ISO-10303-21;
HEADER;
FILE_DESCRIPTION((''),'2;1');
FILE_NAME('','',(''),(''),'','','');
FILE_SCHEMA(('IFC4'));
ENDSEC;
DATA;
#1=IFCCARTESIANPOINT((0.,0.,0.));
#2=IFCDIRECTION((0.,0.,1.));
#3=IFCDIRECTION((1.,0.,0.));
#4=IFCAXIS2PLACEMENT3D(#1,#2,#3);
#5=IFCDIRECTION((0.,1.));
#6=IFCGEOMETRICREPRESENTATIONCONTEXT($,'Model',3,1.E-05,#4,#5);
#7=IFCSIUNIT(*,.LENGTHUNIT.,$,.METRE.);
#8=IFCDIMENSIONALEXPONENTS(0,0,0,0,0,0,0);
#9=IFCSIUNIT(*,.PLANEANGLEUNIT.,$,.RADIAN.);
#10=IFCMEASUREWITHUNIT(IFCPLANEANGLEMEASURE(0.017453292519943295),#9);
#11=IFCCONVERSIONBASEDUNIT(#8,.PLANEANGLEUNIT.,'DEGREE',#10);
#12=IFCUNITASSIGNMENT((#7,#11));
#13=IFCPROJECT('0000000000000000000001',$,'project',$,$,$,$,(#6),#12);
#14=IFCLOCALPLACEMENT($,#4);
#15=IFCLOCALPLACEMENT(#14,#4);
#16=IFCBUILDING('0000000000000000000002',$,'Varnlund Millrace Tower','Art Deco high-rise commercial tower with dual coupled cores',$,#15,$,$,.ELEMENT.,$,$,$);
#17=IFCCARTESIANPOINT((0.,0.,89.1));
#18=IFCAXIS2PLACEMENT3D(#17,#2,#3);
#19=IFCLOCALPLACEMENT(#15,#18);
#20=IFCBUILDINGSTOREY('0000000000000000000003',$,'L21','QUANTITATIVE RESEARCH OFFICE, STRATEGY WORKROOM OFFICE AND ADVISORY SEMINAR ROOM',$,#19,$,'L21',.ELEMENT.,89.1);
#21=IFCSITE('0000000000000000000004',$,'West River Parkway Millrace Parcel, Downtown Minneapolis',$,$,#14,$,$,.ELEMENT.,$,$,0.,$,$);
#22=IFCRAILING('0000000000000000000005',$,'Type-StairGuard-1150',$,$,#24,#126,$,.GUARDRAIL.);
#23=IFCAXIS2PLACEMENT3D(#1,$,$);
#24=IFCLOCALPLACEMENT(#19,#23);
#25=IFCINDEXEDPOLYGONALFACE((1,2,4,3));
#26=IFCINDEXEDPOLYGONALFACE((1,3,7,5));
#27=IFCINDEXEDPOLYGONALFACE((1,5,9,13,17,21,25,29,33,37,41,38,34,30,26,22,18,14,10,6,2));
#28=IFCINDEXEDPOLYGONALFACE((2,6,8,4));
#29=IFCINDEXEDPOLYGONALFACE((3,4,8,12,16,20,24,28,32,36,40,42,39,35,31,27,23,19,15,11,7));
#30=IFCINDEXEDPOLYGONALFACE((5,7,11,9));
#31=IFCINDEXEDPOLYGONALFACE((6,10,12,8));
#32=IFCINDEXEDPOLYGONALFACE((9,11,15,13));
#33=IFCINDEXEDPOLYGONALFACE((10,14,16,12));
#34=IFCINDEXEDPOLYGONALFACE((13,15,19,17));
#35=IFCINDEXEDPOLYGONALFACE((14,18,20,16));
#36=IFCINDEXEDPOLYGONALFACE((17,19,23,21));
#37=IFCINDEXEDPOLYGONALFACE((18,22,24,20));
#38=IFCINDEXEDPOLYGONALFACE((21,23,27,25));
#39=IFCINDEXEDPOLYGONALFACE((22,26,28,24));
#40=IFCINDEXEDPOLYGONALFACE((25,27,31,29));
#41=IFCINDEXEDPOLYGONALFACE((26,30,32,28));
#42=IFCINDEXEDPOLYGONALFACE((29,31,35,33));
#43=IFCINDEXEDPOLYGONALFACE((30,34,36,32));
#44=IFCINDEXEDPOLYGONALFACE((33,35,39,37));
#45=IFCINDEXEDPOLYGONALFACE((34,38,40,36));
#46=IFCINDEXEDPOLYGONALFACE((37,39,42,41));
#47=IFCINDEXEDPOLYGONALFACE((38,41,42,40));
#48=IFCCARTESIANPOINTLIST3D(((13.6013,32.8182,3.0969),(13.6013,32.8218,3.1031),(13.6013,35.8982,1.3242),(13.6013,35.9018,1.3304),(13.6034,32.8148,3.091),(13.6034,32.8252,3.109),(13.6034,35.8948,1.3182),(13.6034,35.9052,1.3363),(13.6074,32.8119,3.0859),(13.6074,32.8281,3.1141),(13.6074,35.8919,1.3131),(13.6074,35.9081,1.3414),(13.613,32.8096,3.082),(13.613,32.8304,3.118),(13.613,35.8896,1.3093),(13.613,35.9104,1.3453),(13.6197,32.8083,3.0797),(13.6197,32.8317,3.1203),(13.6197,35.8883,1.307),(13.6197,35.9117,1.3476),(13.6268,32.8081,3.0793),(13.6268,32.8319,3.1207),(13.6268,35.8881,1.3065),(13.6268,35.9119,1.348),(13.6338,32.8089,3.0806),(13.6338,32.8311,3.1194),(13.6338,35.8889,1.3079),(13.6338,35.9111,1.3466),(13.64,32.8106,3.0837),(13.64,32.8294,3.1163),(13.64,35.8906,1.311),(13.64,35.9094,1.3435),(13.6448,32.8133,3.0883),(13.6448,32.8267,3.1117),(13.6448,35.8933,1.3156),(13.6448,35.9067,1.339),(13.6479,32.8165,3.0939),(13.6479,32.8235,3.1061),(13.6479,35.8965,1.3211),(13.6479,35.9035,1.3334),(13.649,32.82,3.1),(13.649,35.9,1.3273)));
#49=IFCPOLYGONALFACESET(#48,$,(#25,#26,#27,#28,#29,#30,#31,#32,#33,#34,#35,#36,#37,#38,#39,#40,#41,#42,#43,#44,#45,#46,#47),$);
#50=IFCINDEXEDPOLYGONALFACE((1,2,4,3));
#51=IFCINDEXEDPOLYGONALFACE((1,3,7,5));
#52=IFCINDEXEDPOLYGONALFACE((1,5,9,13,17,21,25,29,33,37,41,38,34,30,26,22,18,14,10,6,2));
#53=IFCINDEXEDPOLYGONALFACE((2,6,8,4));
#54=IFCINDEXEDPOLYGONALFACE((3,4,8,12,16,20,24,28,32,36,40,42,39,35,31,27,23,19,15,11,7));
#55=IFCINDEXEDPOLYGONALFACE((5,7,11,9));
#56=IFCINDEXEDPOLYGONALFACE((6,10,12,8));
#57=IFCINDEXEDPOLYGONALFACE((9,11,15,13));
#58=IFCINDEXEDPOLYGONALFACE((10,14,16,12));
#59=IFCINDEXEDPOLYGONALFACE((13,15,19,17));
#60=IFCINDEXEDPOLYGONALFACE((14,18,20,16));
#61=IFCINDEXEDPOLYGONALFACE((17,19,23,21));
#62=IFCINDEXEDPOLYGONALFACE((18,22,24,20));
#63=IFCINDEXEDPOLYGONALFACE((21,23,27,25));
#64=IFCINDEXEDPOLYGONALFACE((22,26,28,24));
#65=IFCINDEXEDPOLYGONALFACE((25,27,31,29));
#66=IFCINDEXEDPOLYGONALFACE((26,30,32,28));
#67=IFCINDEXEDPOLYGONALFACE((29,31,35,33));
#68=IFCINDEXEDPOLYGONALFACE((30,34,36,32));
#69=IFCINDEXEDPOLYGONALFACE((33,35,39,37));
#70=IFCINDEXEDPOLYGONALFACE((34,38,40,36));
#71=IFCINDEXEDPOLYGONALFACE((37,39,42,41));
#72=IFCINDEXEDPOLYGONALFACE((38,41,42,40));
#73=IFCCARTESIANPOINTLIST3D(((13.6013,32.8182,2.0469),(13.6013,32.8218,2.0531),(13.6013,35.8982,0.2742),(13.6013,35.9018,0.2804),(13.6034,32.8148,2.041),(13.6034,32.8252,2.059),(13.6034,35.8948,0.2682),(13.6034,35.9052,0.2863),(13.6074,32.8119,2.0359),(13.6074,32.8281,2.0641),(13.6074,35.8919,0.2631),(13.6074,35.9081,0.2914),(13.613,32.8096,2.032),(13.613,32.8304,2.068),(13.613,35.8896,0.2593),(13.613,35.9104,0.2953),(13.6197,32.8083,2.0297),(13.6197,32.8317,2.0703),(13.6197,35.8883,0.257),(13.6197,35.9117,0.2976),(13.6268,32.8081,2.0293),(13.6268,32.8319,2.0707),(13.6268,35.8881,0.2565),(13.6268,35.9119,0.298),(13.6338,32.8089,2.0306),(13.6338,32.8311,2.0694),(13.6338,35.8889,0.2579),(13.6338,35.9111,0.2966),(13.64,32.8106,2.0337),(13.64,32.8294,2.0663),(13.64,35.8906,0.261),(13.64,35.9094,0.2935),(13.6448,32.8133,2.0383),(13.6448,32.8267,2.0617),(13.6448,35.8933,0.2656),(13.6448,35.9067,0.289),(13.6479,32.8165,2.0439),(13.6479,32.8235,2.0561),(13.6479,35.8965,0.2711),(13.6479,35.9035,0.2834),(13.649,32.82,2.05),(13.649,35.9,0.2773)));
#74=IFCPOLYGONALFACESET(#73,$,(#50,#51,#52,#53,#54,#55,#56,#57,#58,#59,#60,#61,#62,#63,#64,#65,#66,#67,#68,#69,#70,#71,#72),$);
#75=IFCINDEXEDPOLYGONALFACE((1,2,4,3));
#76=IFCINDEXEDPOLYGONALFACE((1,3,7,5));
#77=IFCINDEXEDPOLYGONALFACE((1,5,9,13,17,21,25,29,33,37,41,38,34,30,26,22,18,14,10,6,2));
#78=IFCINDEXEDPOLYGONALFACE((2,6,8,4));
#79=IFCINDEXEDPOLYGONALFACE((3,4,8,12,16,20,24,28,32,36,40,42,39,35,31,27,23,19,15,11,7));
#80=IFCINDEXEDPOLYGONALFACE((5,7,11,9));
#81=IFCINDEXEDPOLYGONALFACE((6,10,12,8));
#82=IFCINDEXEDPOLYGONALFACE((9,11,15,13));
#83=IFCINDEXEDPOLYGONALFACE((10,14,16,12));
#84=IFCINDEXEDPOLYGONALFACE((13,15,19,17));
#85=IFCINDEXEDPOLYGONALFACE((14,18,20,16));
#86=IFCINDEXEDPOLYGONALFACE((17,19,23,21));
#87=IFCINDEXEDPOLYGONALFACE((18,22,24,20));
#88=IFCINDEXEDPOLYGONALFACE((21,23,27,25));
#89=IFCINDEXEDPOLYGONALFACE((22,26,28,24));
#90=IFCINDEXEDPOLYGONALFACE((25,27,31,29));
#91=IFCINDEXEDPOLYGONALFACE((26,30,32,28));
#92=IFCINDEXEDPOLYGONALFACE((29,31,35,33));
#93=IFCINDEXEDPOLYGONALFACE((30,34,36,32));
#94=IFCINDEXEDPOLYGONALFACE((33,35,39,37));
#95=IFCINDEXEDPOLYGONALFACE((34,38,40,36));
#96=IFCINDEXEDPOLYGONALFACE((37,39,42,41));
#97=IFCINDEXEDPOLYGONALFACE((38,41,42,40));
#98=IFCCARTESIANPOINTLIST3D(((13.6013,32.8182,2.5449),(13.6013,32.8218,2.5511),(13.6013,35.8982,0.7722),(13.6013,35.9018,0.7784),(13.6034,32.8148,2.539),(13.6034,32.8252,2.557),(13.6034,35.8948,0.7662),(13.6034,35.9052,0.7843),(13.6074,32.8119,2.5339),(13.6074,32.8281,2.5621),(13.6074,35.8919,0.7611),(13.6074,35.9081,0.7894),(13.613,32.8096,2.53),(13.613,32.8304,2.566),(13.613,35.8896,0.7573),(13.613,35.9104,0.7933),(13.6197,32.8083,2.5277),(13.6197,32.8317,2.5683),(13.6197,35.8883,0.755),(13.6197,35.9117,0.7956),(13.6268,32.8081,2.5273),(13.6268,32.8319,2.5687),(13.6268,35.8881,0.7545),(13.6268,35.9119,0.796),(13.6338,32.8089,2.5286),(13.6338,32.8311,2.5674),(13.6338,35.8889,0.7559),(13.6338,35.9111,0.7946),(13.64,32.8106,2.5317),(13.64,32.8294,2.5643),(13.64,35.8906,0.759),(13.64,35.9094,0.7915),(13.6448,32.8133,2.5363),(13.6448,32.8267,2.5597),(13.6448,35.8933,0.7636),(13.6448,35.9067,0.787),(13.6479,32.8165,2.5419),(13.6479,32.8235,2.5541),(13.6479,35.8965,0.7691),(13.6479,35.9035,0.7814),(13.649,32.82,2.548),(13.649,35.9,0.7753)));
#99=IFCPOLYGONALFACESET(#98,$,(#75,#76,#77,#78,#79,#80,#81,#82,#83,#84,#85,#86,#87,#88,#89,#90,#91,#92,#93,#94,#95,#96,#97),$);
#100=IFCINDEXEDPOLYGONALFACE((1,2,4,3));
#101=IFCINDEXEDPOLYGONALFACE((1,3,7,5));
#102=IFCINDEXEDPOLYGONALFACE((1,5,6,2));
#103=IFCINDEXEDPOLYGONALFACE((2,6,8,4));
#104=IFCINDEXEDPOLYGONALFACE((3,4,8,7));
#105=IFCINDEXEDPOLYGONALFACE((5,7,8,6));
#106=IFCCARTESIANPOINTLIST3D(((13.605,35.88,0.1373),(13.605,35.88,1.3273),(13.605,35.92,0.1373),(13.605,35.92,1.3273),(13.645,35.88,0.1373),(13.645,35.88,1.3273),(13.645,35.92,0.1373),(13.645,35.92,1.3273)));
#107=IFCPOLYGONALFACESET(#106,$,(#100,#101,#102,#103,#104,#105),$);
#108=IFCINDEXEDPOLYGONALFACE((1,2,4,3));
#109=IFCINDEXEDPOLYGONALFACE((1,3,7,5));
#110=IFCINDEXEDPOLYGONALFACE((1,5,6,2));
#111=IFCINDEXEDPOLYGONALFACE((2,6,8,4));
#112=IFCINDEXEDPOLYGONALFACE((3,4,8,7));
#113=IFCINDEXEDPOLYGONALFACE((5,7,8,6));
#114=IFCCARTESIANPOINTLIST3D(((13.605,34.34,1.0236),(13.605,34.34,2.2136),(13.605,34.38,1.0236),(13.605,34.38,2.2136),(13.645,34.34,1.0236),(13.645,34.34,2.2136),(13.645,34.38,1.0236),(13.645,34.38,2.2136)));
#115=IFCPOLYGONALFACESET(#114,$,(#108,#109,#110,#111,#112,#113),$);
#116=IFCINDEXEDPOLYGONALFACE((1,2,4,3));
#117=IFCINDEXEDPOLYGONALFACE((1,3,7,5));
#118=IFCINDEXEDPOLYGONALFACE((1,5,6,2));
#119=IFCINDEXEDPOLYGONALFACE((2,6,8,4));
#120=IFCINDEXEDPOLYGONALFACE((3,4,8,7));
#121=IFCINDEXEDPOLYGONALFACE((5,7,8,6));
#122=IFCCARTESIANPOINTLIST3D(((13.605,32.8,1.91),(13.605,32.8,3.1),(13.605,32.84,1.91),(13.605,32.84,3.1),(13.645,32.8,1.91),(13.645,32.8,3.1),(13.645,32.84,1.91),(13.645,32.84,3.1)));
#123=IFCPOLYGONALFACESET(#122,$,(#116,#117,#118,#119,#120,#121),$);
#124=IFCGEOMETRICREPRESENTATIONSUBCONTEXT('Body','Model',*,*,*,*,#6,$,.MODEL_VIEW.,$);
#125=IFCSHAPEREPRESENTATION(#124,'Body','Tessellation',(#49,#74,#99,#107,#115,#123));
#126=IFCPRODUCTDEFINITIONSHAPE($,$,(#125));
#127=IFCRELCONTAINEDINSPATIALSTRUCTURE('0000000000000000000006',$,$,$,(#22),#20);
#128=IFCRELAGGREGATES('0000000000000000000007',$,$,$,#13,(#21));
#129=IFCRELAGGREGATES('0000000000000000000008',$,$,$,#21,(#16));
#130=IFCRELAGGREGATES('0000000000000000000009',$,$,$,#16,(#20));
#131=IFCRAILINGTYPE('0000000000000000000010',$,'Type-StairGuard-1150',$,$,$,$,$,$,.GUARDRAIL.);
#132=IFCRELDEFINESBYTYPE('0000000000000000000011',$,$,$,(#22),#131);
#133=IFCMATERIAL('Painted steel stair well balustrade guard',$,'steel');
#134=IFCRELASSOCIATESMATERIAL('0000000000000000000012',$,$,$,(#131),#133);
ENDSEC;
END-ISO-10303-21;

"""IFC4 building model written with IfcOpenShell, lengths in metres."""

from ifc_helpers import new_model, entity, si_unit, converted_unit, direction, frame, origin_with_axes, origin_2d_with_axis, place, context, subcontext, project, spatial, rectangle, circle, extrude, material, type_object, element, save


model = new_model("IFC4")

# Units and contexts
model_context = context("Model", 3, precision=1e-05, world=origin_with_axes(), true_north=direction((0.0, 1.0)))
body_context = subcontext(model_context, "Body", "Model", "MODEL_VIEW")
ifc_project = project(units=[si_unit("LENGTHUNIT", "METRE"), converted_unit("PLANEANGLEUNIT", "DEGREE", entity("IfcPlaneAngleMeasure", 0.017453292519943295), si_unit("PLANEANGLEUNIT", "RADIAN"), dimensions=[0, 0, 0, 0, 0, 0, 0])], contexts=[model_context])

# Site, building, storey
site_placement = place(None, origin_with_axes())
site = spatial("IfcSite", under=ifc_project, at=site_placement, Name="West River Parkway Millrace Parcel, Downtown Minneapolis", CompositionType="ELEMENT", RefElevation=0.0)
building_placement = place(site_placement, origin_with_axes())
building = spatial("IfcBuilding", under=site, at=building_placement, Name="Varnlund Millrace Tower", Description="Art Deco high-rise commercial tower with dual coupled cores", CompositionType="ELEMENT")
storey_placement = place(building_placement, frame((0.0, 0.0, 89.1), z_axis=(0.0, 0.0, 1.0), x_axis=(1.0, 0.0, 0.0)))
storey = spatial("IfcBuildingStorey", under=building, at=storey_placement, Name="L21", Description="QUANTITATIVE RESEARCH OFFICE, STRATEGY WORKROOM OFFICE AND ADVISORY SEMINAR ROOM", LongName="L21", CompositionType="ELEMENT", Elevation=89.1)

# Railing
ifc_material_1 = material(Name="Painted steel stair well balustrade guard", Category="steel")
railing_type_1 = type_object("IfcRailingType", Name="Type-StairGuard-1150", PredefinedType="GUARDRAIL", material=ifc_material_1)
railing_1_placement = place(storey_placement, frame((0.0, 0.0, -89.1), z_axis=(0.0, 0.0, 1.0), x_axis=(1.0, 0.0, 0.0)))
element("IfcRailing", 1, at=railing_1_placement, inside=storey, type_object=railing_type_1, Name="Type-StairGuard-1150", PredefinedType="GUARDRAIL", context=body_context, shape_type="SweptSolid", body=[
    extrude(circle(Radius=0.024, at=origin_2d_with_axis()), frame((13.625, 35.9, 90.4273), z_axis=(0.0, -0.866696, 0.498836), x_axis=(1.0, 0.0, 0.0)), (0.0, 0.0, 1.0), 3.5537),
    extrude(circle(Radius=0.024, at=origin_2d_with_axis()), frame((13.625, 35.9, 89.3773), z_axis=(0.0, -0.866696, 0.498836), x_axis=(1.0, 0.0, 0.0)), (0.0, 0.0, 1.0), 3.5537),
    extrude(circle(Radius=0.024, at=origin_2d_with_axis()), frame((13.625, 35.9, 89.8753), z_axis=(0.0, -0.866696, 0.498836), x_axis=(1.0, 0.0, 0.0)), (0.0, 0.0, 1.0), 3.5537),
    extrude(rectangle(XDim=0.04, YDim=0.04, at=origin_2d_with_axis()), frame((13.625, 35.9, 89.2373), z_axis=(0.0, 0.0, 1.0), x_axis=(1.0, 0.0, 0.0)), (0.0, 0.0, 1.0), 1.19),
    extrude(rectangle(XDim=0.04, YDim=0.04, at=origin_2d_with_axis()), frame((13.625, 34.36, 90.1236), z_axis=(0.0, 0.0, 1.0), x_axis=(1.0, 0.0, 0.0)), (0.0, 0.0, 1.0), 1.19),
    extrude(rectangle(XDim=0.04, YDim=0.04, at=origin_2d_with_axis()), frame((13.625, 32.82, 91.01), z_axis=(0.0, 0.0, 1.0), x_axis=(1.0, 0.0, 0.0)), (0.0, 0.0, 1.0), 1.19),
])

save(model, "model.ifc")
